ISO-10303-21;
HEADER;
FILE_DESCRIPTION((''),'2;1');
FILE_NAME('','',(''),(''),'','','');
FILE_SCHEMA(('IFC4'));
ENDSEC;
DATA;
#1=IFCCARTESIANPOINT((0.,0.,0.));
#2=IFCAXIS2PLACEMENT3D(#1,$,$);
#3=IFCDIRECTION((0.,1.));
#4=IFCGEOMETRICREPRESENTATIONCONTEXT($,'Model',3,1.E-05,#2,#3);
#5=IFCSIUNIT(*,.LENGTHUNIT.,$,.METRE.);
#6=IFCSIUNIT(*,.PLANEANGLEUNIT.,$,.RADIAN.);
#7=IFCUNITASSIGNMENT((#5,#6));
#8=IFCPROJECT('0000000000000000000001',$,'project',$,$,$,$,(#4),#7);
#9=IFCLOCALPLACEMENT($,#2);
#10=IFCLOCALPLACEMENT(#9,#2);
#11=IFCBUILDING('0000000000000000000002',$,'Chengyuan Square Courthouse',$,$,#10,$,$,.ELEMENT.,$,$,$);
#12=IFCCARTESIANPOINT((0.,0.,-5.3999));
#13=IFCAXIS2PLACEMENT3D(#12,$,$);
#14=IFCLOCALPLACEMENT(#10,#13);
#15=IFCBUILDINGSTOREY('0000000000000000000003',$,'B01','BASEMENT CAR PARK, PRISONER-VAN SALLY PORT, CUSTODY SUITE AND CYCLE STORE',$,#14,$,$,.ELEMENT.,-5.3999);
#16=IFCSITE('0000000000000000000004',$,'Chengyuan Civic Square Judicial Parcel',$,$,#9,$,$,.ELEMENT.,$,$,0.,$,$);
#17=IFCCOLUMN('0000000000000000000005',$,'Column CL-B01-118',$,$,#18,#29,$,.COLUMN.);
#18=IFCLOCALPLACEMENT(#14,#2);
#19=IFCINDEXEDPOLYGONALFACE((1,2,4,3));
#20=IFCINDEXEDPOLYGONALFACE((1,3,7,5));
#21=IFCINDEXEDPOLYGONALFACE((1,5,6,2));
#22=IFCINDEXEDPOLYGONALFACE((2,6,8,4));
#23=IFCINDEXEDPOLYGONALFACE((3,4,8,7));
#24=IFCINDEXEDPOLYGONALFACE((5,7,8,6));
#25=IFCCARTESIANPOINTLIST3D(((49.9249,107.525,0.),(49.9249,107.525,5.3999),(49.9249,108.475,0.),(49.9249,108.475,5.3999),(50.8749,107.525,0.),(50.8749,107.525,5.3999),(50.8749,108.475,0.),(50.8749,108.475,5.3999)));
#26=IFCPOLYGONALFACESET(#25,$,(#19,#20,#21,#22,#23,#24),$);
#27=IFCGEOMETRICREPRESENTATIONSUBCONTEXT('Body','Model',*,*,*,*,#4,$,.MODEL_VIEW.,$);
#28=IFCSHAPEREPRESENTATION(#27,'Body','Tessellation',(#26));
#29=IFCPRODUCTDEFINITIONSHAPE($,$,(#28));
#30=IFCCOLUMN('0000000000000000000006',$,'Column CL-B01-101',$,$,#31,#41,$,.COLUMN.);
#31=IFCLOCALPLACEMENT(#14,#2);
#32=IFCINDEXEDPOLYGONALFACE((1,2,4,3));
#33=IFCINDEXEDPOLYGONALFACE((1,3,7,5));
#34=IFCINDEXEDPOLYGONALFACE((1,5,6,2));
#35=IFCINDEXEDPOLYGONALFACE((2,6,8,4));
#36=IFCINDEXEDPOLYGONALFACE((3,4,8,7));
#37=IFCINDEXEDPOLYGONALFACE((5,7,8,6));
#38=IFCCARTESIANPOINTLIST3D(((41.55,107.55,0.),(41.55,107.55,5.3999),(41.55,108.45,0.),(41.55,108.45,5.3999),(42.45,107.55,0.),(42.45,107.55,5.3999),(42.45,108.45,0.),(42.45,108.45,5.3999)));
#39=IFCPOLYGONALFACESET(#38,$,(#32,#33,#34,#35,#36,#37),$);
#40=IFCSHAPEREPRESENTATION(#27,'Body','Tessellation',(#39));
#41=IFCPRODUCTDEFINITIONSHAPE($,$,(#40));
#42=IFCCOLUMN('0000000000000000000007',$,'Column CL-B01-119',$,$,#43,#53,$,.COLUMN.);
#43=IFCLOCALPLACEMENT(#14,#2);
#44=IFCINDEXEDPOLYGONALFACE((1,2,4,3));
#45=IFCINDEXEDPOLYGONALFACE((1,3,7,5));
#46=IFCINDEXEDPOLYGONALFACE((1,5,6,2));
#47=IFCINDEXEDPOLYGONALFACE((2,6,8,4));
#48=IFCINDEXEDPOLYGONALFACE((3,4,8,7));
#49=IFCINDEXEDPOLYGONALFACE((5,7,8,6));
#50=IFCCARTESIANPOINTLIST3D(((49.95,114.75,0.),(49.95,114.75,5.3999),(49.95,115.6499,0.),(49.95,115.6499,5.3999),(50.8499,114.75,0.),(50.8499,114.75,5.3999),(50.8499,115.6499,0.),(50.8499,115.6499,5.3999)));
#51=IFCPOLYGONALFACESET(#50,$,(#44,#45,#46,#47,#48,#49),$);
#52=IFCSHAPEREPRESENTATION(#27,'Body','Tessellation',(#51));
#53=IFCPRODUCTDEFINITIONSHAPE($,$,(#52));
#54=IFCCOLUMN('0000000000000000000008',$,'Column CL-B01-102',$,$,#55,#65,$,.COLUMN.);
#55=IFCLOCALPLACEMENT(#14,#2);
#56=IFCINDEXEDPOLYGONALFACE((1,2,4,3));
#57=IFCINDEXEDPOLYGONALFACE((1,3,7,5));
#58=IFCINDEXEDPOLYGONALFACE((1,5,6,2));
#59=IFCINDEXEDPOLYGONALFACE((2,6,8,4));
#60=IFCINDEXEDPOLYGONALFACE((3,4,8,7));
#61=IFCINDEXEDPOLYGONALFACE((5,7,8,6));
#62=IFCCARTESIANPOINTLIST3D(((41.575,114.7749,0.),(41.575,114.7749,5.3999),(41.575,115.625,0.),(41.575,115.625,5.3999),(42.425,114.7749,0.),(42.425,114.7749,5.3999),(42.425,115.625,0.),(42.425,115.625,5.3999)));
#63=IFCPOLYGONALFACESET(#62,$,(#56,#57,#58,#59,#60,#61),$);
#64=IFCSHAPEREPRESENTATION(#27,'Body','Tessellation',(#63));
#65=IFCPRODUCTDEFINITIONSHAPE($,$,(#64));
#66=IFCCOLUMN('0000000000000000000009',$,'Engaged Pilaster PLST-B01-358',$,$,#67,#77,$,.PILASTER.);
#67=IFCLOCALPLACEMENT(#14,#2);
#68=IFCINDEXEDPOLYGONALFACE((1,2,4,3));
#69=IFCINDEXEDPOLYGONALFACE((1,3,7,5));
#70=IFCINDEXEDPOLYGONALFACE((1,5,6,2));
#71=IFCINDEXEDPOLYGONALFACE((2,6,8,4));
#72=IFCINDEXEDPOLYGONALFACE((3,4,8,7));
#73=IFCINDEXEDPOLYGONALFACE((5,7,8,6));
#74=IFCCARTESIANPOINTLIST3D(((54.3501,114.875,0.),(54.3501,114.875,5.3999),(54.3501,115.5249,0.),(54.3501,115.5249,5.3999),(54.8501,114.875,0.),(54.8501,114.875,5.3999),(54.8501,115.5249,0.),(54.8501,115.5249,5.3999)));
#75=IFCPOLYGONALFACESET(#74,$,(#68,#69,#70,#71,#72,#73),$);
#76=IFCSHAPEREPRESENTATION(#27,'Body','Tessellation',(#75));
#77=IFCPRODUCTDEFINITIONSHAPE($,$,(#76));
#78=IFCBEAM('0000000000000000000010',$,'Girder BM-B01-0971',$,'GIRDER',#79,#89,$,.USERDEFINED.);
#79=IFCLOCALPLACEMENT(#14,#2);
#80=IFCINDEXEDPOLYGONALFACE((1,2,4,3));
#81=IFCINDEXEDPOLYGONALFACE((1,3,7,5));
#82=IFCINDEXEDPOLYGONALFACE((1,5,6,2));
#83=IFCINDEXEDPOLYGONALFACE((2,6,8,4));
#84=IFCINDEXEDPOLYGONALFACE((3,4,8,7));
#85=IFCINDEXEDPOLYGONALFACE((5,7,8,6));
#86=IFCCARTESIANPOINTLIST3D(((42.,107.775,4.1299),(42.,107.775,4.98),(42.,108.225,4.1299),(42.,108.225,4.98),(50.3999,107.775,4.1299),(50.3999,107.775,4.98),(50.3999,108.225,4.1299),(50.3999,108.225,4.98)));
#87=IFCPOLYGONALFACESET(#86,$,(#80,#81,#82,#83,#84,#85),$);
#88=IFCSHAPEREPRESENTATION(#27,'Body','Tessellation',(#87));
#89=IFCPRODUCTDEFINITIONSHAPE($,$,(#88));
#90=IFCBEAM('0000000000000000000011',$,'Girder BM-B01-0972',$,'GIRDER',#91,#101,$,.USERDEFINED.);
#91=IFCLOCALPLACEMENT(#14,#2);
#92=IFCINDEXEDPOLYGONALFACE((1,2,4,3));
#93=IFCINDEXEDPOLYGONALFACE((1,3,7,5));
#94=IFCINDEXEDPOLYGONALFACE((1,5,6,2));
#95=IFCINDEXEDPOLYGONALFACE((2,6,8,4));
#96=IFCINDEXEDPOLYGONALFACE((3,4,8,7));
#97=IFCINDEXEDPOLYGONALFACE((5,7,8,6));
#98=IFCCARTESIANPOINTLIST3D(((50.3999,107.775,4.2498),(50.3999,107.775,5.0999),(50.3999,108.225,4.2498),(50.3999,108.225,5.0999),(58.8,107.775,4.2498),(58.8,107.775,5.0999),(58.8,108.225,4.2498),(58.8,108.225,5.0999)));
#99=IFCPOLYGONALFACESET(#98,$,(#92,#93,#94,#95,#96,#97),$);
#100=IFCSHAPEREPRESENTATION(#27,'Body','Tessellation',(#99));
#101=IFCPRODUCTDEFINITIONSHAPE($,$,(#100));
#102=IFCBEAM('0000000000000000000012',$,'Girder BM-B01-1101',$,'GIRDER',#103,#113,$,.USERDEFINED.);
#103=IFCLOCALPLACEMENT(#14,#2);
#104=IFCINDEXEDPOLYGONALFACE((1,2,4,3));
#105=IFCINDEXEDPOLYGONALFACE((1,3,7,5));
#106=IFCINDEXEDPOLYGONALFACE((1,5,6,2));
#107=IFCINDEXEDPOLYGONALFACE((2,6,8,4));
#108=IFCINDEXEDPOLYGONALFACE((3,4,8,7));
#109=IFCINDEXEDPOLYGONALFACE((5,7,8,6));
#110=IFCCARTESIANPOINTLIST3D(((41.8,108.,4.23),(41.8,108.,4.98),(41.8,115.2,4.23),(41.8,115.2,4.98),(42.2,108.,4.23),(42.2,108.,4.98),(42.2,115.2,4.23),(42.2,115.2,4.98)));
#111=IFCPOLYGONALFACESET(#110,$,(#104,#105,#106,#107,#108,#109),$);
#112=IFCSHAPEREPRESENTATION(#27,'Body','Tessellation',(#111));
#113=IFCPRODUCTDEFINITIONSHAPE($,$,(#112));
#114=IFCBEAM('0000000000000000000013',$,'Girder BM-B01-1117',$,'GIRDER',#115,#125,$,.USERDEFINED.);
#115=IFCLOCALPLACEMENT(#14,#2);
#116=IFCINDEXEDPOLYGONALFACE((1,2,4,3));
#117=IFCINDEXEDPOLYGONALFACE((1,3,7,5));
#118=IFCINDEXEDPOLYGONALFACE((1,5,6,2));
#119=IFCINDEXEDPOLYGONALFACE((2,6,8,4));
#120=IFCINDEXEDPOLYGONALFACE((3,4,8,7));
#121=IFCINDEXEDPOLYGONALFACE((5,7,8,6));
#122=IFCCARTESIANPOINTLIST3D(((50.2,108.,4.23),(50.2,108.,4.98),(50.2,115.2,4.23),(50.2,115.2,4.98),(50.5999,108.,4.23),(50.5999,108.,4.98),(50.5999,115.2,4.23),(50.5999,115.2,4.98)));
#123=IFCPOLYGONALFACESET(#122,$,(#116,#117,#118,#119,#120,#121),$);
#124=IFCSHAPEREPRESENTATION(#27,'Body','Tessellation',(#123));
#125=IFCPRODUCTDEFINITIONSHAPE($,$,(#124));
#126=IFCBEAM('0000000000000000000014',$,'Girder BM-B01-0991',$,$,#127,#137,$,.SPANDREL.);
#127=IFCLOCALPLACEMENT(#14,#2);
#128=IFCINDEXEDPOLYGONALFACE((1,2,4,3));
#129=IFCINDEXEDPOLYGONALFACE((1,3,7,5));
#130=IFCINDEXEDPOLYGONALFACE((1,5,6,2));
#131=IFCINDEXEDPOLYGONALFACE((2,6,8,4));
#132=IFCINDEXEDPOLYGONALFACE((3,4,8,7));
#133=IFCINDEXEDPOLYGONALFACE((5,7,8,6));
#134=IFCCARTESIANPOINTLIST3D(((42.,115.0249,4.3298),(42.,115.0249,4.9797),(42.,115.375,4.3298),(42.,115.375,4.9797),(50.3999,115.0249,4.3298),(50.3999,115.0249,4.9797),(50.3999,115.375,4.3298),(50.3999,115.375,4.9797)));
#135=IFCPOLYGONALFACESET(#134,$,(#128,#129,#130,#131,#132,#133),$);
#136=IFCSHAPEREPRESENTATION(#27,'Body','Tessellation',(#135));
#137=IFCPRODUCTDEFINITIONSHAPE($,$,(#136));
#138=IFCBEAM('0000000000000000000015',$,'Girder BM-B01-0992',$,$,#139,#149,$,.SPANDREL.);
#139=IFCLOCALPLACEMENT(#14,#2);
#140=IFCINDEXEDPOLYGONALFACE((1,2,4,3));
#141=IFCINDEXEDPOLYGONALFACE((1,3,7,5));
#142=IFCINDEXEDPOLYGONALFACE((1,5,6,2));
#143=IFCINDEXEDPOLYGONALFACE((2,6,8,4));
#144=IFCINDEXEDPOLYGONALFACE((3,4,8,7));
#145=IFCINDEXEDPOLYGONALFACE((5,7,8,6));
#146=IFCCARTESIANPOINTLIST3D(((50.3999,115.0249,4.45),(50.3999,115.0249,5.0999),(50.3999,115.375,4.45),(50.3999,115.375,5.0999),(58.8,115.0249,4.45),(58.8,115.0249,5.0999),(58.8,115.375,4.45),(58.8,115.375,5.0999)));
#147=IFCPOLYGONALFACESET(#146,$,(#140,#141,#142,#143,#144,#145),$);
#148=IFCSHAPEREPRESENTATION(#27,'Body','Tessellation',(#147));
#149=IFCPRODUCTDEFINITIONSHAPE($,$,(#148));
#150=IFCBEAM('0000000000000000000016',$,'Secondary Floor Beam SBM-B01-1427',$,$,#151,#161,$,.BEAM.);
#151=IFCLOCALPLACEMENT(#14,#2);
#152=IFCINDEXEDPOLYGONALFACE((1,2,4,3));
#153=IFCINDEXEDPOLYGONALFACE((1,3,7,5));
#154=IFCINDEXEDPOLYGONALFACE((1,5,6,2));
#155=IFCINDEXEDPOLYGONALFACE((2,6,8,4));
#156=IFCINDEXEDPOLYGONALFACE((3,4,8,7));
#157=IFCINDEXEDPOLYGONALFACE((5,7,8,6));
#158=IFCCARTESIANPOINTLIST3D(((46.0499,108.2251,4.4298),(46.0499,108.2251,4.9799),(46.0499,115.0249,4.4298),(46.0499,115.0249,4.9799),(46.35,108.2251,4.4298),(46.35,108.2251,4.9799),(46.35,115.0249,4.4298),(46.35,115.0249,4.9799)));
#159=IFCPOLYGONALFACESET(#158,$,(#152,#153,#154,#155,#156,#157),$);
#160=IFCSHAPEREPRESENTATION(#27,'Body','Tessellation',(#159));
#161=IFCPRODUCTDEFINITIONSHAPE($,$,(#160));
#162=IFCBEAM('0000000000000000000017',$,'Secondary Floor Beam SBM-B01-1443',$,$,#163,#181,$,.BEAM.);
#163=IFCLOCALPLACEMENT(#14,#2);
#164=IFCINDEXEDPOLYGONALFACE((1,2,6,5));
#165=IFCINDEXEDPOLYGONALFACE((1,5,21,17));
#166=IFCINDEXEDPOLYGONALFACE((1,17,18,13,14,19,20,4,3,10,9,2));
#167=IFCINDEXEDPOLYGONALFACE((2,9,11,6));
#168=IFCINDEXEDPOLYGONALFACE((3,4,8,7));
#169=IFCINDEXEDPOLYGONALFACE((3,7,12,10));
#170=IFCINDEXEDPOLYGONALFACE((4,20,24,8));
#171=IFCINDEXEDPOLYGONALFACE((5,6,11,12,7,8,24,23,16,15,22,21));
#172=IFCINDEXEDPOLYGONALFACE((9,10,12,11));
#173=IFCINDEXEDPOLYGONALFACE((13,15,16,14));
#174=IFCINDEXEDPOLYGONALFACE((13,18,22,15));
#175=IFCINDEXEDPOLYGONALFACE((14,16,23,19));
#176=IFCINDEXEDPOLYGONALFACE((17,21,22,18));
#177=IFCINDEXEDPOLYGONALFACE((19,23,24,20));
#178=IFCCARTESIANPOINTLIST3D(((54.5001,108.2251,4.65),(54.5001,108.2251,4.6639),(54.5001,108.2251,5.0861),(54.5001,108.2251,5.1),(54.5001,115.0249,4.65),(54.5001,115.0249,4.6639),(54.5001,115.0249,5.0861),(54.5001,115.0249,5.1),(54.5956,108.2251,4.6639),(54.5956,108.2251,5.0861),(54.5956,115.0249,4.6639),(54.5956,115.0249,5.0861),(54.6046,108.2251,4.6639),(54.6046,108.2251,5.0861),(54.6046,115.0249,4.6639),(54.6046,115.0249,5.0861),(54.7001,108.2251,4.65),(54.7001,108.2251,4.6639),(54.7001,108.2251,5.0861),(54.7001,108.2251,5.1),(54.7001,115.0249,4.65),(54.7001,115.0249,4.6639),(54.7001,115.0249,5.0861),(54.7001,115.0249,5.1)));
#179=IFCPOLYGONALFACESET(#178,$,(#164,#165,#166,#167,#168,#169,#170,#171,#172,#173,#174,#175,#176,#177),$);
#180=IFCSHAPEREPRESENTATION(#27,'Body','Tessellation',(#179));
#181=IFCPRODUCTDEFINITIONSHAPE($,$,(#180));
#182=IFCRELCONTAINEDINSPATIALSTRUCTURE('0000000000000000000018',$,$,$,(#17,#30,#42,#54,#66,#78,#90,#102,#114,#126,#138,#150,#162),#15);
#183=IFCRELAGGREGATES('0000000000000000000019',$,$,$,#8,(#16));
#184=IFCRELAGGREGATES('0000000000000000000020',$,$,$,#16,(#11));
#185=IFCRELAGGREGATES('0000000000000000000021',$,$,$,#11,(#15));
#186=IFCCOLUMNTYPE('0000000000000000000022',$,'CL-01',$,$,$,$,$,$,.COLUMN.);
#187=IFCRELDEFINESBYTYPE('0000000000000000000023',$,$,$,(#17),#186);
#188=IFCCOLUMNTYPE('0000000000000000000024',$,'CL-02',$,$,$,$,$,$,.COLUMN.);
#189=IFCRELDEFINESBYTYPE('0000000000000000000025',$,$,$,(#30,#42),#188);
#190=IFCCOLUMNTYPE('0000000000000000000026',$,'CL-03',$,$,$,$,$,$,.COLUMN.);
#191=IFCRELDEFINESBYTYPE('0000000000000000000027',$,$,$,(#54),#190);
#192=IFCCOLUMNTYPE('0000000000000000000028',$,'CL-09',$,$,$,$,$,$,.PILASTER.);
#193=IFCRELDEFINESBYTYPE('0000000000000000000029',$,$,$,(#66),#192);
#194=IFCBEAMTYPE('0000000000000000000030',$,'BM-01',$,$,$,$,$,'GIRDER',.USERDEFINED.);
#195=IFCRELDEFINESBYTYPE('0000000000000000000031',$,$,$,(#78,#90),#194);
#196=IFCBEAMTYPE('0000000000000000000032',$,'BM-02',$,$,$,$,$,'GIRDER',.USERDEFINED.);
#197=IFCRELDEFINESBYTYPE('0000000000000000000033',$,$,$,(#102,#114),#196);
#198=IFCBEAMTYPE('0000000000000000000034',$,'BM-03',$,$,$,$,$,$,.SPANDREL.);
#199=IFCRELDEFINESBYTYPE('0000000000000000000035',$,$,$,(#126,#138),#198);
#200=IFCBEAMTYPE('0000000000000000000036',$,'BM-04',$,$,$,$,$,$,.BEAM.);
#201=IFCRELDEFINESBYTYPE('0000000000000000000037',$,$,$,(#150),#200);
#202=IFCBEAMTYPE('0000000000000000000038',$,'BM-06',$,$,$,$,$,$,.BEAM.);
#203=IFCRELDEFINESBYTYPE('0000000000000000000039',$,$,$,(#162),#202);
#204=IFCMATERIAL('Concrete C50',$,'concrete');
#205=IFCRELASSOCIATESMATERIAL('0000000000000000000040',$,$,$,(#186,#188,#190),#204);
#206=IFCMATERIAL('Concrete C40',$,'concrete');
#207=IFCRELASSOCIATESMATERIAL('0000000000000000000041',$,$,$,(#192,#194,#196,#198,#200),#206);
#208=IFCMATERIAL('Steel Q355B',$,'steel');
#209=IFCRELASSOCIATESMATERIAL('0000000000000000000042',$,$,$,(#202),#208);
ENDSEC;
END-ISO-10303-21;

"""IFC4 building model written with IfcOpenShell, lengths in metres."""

from ifc_helpers import new_model, si_unit, direction, frame, origin, origin_2d, place, context, subcontext, project, spatial, rectangle, i_section, extrude, material, material_profile, profile_set, type_object, element, save


model = new_model("IFC4")

# Units and contexts
model_context = context("Model", 3, precision=1e-05, world=origin(), true_north=direction((0.0, 1.0)))
body_context = subcontext(model_context, "Body", "Model", "MODEL_VIEW")
ifc_project = project(units=[si_unit("LENGTHUNIT", "METRE"), si_unit("PLANEANGLEUNIT", "RADIAN")], contexts=[model_context])

# Site, building, storey
site_placement = place(None, origin())
site = spatial("IfcSite", under=ifc_project, at=site_placement, Name="Chengyuan Civic Square Judicial Parcel", CompositionType="ELEMENT", RefElevation=0.0)
building_placement = place(site_placement, origin())
building = spatial("IfcBuilding", under=site, at=building_placement, Name="Chengyuan Square Courthouse", CompositionType="ELEMENT")
storey_placement = place(building_placement, frame((0.0, 0.0, -5.3999)))
storey = spatial("IfcBuildingStorey", under=building, at=storey_placement, Name="B01", Description="BASEMENT CAR PARK, PRISONER-VAN SALLY PORT, CUSTODY SUITE AND CYCLE STORE", CompositionType="ELEMENT", Elevation=-5.3999)

# Columns
ifc_material_1 = material(Name="Concrete C50", Category="concrete")
ifc_material_profile_1 = material_profile(ifc_material_1, rectangle(XDim=0.95, YDim=0.95, at=origin_2d()), Name="RC-COL-950x950")
ifc_profile_set_1 = profile_set([ifc_material_profile_1], Name="Concrete C50")
column_type_1 = type_object("IfcColumnType", Name="CL-01", PredefinedType="COLUMN", material=ifc_profile_set_1)
column_1_placement = place(storey_placement, frame((50.3999, 108.0, 0.0), z_axis=(0.0, 0.0, 1.0), x_axis=(1.0, 0.0, 0.0)))
element("IfcColumn", 1, at=column_1_placement, inside=storey, type_object=column_type_1, Name="Column CL-B01-118", PredefinedType="COLUMN", context=body_context, shape_type="SweptSolid", body=[
    extrude(rectangle(XDim=0.95, YDim=0.95, at=origin_2d()), origin(), (0.0, 0.0, 1.0), 5.3999),
])
ifc_material_profile_2 = material_profile(ifc_material_1, rectangle(XDim=0.8999, YDim=0.8999, at=origin_2d()), Name="RC-COL-900x900")
ifc_profile_set_2 = profile_set([ifc_material_profile_2], Name="Concrete C50")
column_type_2 = type_object("IfcColumnType", Name="CL-02", PredefinedType="COLUMN", material=ifc_profile_set_2)
for number, where, z_axis, x_axis, name in (
    (2, (42.0, 108.0, 0.0), (0.0, 0.0, 1.0), (1.0, 0.0, 0.0), "Column CL-B01-101"),
    (3, (50.3999, 115.2, 0.0), (0.0, 0.0, 1.0), (1.0, 0.0, 0.0), "Column CL-B01-119"),
):
    element("IfcColumn", number, at=place(storey_placement, frame(where, z_axis=z_axis, x_axis=x_axis)), inside=storey, type_object=column_type_2, Name=name, PredefinedType="COLUMN", context=body_context, shape_type="SweptSolid", body=[
        extrude(rectangle(XDim=0.8999, YDim=0.8999, at=origin_2d()), origin(), (0.0, 0.0, 1.0), 5.3999),
    ])
ifc_material_profile_3 = material_profile(ifc_material_1, rectangle(XDim=0.8501, YDim=0.8501, at=origin_2d()), Name="RC-COL-850x850")
ifc_profile_set_3 = profile_set([ifc_material_profile_3], Name="Concrete C50")
column_type_3 = type_object("IfcColumnType", Name="CL-03", PredefinedType="COLUMN", material=ifc_profile_set_3)
column_2_placement = place(storey_placement, frame((42.0, 115.2, 0.0), z_axis=(0.0, 0.0, 1.0), x_axis=(1.0, 0.0, 0.0)))
element("IfcColumn", 4, at=column_2_placement, inside=storey, type_object=column_type_3, Name="Column CL-B01-102", PredefinedType="COLUMN", context=body_context, shape_type="SweptSolid", body=[
    extrude(rectangle(XDim=0.8501, YDim=0.8501, at=origin_2d()), origin(), (0.0, 0.0, 1.0), 5.3999),
])
ifc_material_2 = material(Name="Concrete C40", Category="concrete")
ifc_material_profile_4 = material_profile(ifc_material_2, rectangle(XDim=0.5, YDim=0.6499, at=origin_2d()), Name="RC-PIL-500x650")
ifc_profile_set_4 = profile_set([ifc_material_profile_4], Name="Concrete C40")
column_type_4 = type_object("IfcColumnType", Name="CL-09", PredefinedType="PILASTER", material=ifc_profile_set_4)
column_3_placement = place(storey_placement, frame((54.6001, 115.2, 0.0), z_axis=(0.0, 0.0, 1.0), x_axis=(1.0, 0.0, 0.0)))
element("IfcColumn", 5, at=column_3_placement, inside=storey, type_object=column_type_4, Name="Engaged Pilaster PLST-B01-358", PredefinedType="PILASTER", context=body_context, shape_type="SweptSolid", body=[
    extrude(rectangle(XDim=0.5, YDim=0.6499, at=origin_2d()), origin(), (0.0, 0.0, 1.0), 5.3999),
])

# Beams
ifc_material_profile_5 = material_profile(ifc_material_2, rectangle(XDim=0.45, YDim=0.8501, at=origin_2d()), Name="RC-BM-450x850")
ifc_profile_set_5 = profile_set([ifc_material_profile_5], Name="Concrete C40")
beam_type_1 = type_object("IfcBeamType", Name="BM-01", ElementType="GIRDER", PredefinedType="USERDEFINED", material=ifc_profile_set_5)
beam_1_placement = place(storey_placement, frame((42.0, 108.0, 4.5549), z_axis=(1.0, 0.0, 0.0), x_axis=(0.0, 1.0, 0.0)))
element("IfcBeam", 6, at=beam_1_placement, inside=storey, type_object=beam_type_1, Name="Girder BM-B01-0971", ObjectType="GIRDER", PredefinedType="USERDEFINED", context=body_context, shape_type="SweptSolid", body=[
    extrude(rectangle(XDim=0.45, YDim=0.8501, at=origin_2d()), origin(), (0.0, 0.0, 1.0), 8.3999),
])
beam_2_placement = place(storey_placement, frame((50.3999, 108.0, 4.6748), z_axis=(1.0, 0.0, 0.0), x_axis=(0.0, 1.0, 0.0)))
element("IfcBeam", 7, at=beam_2_placement, inside=storey, type_object=beam_type_1, Name="Girder BM-B01-0972", ObjectType="GIRDER", PredefinedType="USERDEFINED", context=body_context, shape_type="SweptSolid", body=[
    extrude(rectangle(XDim=0.45, YDim=0.8501, at=origin_2d()), origin(), (0.0, 0.0, 1.0), 8.4001),
])
ifc_material_profile_6 = material_profile(ifc_material_2, rectangle(XDim=0.3999, YDim=0.75, at=origin_2d()), Name="RC-BM-400x750")
ifc_profile_set_6 = profile_set([ifc_material_profile_6], Name="Concrete C40")
beam_type_2 = type_object("IfcBeamType", Name="BM-02", ElementType="GIRDER", PredefinedType="USERDEFINED", material=ifc_profile_set_6)
for number, where, z_axis, x_axis, name in (
    (8, (42.0, 108.0, 4.605), (0.0, 1.0, 0.0), (-1.0, 0.0, 0.0), "Girder BM-B01-1101"),
    (9, (50.3999, 108.0, 4.605), (0.0, 1.0, 0.0), (-1.0, 0.0, 0.0), "Girder BM-B01-1117"),
):
    element("IfcBeam", number, at=place(storey_placement, frame(where, z_axis=z_axis, x_axis=x_axis)), inside=storey, type_object=beam_type_2, Name=name, ObjectType="GIRDER", PredefinedType="USERDEFINED", context=body_context, shape_type="SweptSolid", body=[
        extrude(rectangle(XDim=0.3999, YDim=0.75, at=origin_2d()), origin(), (0.0, 0.0, 1.0), 7.2),
    ])
ifc_material_profile_7 = material_profile(ifc_material_2, rectangle(XDim=0.3501, YDim=0.6499, at=origin_2d()), Name="RC-BM-350x650")
ifc_profile_set_7 = profile_set([ifc_material_profile_7], Name="Concrete C40")
beam_type_3 = type_object("IfcBeamType", Name="BM-03", PredefinedType="SPANDREL", material=ifc_profile_set_7)
beam_3_placement = place(storey_placement, frame((42.0, 115.2, 4.6548), z_axis=(1.0, 0.0, 0.0), x_axis=(0.0, 1.0, 0.0)))
element("IfcBeam", 10, at=beam_3_placement, inside=storey, type_object=beam_type_3, Name="Girder BM-B01-0991", PredefinedType="SPANDREL", context=body_context, shape_type="SweptSolid", body=[
    extrude(rectangle(XDim=0.3501, YDim=0.6499, at=origin_2d()), origin(), (0.0, 0.0, 1.0), 8.3999),
])
beam_4_placement = place(storey_placement, frame((50.3999, 115.2, 4.7749), z_axis=(1.0, 0.0, 0.0), x_axis=(0.0, 1.0, 0.0)))
element("IfcBeam", 11, at=beam_4_placement, inside=storey, type_object=beam_type_3, Name="Girder BM-B01-0992", PredefinedType="SPANDREL", context=body_context, shape_type="SweptSolid", body=[
    extrude(rectangle(XDim=0.3501, YDim=0.6499, at=origin_2d()), origin(), (0.0, 0.0, 1.0), 8.4001),
])
ifc_material_profile_8 = material_profile(ifc_material_2, rectangle(XDim=0.3, YDim=0.55, at=origin_2d()), Name="RC-BM-300x550")
ifc_profile_set_8 = profile_set([ifc_material_profile_8], Name="Concrete C40")
beam_type_4 = type_object("IfcBeamType", Name="BM-04", PredefinedType="BEAM", material=ifc_profile_set_8)
beam_5_placement = place(storey_placement, frame((46.2, 108.2251, 4.7048), z_axis=(0.0, 1.0, 0.0), x_axis=(-1.0, 0.0, 0.0)))
element("IfcBeam", 12, at=beam_5_placement, inside=storey, type_object=beam_type_4, Name="Secondary Floor Beam SBM-B01-1427", PredefinedType="BEAM", context=body_context, shape_type="SweptSolid", body=[
    extrude(rectangle(XDim=0.3, YDim=0.55, at=origin_2d()), origin(), (0.0, 0.0, 1.0), 6.7998),
])
ifc_material_3 = material(Name="Steel Q355B", Category="steel")
ifc_material_profile_9 = material_profile(ifc_material_3, i_section(OverallWidth=0.2, OverallDepth=0.45, WebThickness=0.009, FlangeThickness=0.0139, at=origin_2d()), Name="HN 450x200x9x14")
ifc_profile_set_9 = profile_set([ifc_material_profile_9], Name="Steel Q355B")
beam_type_5 = type_object("IfcBeamType", Name="BM-06", PredefinedType="BEAM", material=ifc_profile_set_9)
beam_6_placement = place(storey_placement, frame((54.6001, 108.2251, 4.875), z_axis=(0.0, 1.0, 0.0), x_axis=(-1.0, 0.0, 0.0)))
element("IfcBeam", 13, at=beam_6_placement, inside=storey, type_object=beam_type_5, Name="Secondary Floor Beam SBM-B01-1443", PredefinedType="BEAM", context=body_context, shape_type="SweptSolid", body=[
    extrude(i_section(OverallWidth=0.2, OverallDepth=0.45, WebThickness=0.009, FlangeThickness=0.0139, at=origin_2d()), origin(), (0.0, 0.0, 1.0), 6.7998),
])

save(model, "model.ifc")
